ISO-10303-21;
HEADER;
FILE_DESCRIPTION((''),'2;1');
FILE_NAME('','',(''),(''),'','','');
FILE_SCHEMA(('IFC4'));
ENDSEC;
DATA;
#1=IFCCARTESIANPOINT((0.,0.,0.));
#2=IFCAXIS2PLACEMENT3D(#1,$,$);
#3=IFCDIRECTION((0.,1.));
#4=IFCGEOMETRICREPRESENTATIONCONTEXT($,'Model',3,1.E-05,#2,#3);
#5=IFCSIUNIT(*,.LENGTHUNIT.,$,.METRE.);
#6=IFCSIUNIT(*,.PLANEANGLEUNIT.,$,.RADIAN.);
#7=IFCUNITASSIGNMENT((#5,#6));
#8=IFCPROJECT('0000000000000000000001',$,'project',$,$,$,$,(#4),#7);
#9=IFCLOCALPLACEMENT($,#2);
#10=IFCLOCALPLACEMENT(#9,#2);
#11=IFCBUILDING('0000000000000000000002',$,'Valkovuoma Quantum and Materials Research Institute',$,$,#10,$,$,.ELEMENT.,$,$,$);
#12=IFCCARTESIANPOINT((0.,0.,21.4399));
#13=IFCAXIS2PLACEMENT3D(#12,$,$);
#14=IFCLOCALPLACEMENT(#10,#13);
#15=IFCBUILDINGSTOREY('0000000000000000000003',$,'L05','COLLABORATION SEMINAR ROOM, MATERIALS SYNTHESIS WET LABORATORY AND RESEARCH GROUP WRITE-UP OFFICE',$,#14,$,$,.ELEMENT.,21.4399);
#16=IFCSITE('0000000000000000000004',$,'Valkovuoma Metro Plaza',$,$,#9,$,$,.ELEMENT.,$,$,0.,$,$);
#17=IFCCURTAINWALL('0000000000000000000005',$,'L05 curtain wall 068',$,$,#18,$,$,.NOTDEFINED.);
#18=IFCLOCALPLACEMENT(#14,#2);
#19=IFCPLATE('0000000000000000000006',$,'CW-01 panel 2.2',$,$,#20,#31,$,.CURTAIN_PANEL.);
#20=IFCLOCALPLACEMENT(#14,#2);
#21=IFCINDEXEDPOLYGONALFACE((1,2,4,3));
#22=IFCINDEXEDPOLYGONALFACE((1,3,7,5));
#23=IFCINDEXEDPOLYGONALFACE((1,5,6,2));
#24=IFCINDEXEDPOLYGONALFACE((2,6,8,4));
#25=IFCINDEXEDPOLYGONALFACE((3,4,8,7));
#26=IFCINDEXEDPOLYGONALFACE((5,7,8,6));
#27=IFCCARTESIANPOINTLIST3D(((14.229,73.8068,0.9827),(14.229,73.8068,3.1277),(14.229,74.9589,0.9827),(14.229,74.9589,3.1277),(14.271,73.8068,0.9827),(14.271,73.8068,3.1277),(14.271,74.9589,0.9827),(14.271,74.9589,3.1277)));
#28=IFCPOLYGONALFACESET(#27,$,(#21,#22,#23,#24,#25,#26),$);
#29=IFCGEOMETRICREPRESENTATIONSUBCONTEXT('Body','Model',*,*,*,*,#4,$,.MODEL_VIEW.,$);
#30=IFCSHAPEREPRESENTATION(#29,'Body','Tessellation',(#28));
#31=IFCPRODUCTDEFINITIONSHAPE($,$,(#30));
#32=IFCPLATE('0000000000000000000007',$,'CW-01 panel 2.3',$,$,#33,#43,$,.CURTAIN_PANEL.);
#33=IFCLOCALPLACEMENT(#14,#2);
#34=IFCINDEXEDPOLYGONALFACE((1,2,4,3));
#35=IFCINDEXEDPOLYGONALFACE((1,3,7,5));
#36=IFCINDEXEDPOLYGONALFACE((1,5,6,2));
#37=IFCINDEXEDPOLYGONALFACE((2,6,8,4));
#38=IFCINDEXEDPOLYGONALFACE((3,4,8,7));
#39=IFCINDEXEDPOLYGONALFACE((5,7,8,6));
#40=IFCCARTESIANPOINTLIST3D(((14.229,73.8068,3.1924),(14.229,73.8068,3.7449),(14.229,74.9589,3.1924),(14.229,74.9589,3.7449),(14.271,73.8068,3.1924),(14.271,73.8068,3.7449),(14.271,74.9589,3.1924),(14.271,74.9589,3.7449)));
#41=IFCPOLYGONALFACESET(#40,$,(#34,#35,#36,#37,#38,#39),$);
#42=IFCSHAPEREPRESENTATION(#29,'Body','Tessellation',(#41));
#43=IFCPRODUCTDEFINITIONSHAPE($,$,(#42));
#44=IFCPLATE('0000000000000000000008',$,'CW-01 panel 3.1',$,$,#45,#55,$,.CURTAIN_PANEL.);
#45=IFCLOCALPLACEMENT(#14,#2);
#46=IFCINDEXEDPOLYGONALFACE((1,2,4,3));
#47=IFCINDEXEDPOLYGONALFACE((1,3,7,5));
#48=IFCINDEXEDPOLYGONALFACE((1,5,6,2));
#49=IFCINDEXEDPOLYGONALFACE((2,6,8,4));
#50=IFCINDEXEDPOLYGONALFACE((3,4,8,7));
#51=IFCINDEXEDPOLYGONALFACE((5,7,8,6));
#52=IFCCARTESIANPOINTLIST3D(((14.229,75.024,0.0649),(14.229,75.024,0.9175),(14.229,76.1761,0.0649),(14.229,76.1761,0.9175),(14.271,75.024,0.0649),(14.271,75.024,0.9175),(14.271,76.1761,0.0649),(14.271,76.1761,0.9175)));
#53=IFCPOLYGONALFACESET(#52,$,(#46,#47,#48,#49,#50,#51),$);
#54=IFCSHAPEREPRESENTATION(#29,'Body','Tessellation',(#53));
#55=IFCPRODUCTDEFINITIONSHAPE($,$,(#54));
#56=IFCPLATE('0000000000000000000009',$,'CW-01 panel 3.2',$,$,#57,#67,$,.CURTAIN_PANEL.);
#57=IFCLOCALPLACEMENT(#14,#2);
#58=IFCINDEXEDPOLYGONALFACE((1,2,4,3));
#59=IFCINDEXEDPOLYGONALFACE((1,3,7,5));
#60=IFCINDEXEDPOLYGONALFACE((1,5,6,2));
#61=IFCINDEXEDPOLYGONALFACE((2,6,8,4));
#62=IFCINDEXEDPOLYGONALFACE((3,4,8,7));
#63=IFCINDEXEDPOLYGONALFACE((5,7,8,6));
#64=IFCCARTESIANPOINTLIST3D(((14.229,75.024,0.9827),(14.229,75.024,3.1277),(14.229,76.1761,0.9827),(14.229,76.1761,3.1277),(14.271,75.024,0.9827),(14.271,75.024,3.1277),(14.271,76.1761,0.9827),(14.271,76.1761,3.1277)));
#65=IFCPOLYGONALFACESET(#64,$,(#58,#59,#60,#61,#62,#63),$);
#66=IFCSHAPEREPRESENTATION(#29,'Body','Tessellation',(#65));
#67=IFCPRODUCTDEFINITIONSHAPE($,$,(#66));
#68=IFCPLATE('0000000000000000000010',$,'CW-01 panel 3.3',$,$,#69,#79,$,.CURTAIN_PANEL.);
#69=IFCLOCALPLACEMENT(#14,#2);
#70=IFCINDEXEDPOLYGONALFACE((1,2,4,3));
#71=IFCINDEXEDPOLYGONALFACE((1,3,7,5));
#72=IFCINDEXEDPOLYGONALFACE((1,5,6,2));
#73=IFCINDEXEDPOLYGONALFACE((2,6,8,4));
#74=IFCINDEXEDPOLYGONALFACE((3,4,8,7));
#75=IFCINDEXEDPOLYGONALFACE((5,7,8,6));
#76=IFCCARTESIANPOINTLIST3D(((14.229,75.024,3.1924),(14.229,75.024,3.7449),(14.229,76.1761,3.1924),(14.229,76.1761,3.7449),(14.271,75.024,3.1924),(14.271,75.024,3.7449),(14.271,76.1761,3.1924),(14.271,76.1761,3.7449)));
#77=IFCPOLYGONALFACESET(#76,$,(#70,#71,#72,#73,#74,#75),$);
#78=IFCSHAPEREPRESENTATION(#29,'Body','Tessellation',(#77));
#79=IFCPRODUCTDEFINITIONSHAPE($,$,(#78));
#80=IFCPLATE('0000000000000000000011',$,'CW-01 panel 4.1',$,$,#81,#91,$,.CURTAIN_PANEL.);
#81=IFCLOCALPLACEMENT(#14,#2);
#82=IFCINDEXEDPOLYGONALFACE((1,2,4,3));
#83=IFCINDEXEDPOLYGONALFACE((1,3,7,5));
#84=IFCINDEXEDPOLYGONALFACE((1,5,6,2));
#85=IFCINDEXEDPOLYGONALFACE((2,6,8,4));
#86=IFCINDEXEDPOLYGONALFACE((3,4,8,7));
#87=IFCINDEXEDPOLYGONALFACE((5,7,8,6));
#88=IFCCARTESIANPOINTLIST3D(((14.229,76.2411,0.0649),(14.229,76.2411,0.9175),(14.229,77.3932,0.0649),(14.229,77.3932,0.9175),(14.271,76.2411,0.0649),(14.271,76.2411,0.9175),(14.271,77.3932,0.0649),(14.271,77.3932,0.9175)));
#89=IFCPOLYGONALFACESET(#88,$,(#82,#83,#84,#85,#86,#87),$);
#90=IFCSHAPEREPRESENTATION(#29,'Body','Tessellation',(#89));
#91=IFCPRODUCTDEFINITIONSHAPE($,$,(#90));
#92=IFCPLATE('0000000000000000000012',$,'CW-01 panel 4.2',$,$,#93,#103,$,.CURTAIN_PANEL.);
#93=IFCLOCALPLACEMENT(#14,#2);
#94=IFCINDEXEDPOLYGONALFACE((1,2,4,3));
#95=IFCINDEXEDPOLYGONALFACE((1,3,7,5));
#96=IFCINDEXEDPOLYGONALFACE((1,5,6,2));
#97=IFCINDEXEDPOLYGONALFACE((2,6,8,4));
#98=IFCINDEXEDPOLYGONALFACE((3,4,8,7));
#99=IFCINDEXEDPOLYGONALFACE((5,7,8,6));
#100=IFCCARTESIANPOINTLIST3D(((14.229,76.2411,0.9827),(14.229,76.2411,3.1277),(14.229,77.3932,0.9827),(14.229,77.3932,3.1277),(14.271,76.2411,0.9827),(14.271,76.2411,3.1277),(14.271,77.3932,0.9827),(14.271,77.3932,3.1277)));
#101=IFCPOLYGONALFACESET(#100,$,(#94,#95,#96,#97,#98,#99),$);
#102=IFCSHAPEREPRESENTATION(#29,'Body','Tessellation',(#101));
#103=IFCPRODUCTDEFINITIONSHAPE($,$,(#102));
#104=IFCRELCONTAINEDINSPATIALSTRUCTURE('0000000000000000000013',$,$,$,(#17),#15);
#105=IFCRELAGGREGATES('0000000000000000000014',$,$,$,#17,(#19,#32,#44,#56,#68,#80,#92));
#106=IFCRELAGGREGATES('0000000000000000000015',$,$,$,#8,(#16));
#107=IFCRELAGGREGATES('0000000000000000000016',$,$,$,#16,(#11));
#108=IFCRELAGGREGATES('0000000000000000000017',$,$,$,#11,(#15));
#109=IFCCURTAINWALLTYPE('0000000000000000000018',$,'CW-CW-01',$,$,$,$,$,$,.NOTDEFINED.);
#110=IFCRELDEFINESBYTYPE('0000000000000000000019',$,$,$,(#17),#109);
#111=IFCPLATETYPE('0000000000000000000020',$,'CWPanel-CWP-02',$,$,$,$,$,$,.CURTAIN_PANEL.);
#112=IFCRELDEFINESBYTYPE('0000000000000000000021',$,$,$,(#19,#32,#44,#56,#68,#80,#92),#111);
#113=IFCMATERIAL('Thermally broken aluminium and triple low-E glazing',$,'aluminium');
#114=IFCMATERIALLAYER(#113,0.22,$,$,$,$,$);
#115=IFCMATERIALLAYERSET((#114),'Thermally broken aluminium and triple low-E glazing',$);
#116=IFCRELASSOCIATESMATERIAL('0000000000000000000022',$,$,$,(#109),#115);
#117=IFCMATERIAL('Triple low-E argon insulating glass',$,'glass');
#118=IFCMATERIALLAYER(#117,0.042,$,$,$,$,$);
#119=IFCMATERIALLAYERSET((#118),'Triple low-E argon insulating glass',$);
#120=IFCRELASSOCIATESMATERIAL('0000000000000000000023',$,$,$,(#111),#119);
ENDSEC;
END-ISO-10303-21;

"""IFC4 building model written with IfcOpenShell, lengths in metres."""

from ifc_helpers import new_model, si_unit, direction, frame, origin, origin_2d, place, context, subcontext, project, spatial, rectangle, extrude, material, layer, layer_set, type_object, element, aggregate, save


model = new_model("IFC4")

# Units and contexts
model_context = context("Model", 3, precision=1e-05, world=origin(), true_north=direction((0.0, 1.0)))
body_context = subcontext(model_context, "Body", "Model", "MODEL_VIEW")
ifc_project = project(units=[si_unit("LENGTHUNIT", "METRE"), si_unit("PLANEANGLEUNIT", "RADIAN")], contexts=[model_context])

# Site, building, storey
site_placement = place(None, origin())
site = spatial("IfcSite", under=ifc_project, at=site_placement, Name="Valkovuoma Metro Plaza", CompositionType="ELEMENT", RefElevation=0.0)
building_placement = place(site_placement, origin())
building = spatial("IfcBuilding", under=site, at=building_placement, Name="Valkovuoma Quantum and Materials Research Institute", CompositionType="ELEMENT")
storey_placement = place(building_placement, frame((0.0, 0.0, 21.4399)))
storey = spatial("IfcBuildingStorey", under=building, at=storey_placement, Name="L05", Description="COLLABORATION SEMINAR ROOM, MATERIALS SYNTHESIS WET LABORATORY AND RESEARCH GROUP WRITE-UP OFFICE", CompositionType="ELEMENT", Elevation=21.4399)

# Curtain wall, plates
ifc_material_1 = material(Name="Thermally broken aluminium and triple low-E glazing", Category="aluminium")
ifc_layer_1 = layer(ifc_material_1, 0.22)
ifc_layer_set_1 = layer_set([ifc_layer_1], Name="Thermally broken aluminium and triple low-E glazing")
curtain_wall_type = type_object("IfcCurtainWallType", Name="CW-CW-01", PredefinedType="NOTDEFINED", material=ifc_layer_set_1)
curtain_wall_placement = place(storey_placement, origin())
curtain_wall = element("IfcCurtainWall", 1, at=curtain_wall_placement, inside=storey, type_object=curtain_wall_type, Name="L05 curtain wall 068", PredefinedType="NOTDEFINED")
ifc_material_2 = material(Name="Triple low-E argon insulating glass", Category="glass")
ifc_layer_2 = layer(ifc_material_2, 0.042)
ifc_layer_set_2 = layer_set([ifc_layer_2], Name="Triple low-E argon insulating glass")
plate_type = type_object("IfcPlateType", Name="CWPanel-CWP-02", PredefinedType="CURTAIN_PANEL", material=ifc_layer_set_2)
plate_1_placement = place(storey_placement, frame((14.25, 74.3828, 0.9827), z_axis=(0.0, 0.0, 1.0), x_axis=(0.0, 1.0, 0.0)))
plate_1 = element("IfcPlate", 2, at=plate_1_placement, type_object=plate_type, Name="CW-01 panel 2.2", PredefinedType="CURTAIN_PANEL", context=body_context, shape_type="SweptSolid", body=[
    extrude(rectangle(XDim=1.1521, YDim=0.042, at=origin_2d()), origin(), (0.0, 0.0, 1.0), 2.145),
])
plate_2_placement = place(storey_placement, frame((14.25, 74.3828, 3.1924), z_axis=(0.0, 0.0, 1.0), x_axis=(0.0, 1.0, 0.0)))
plate_2 = element("IfcPlate", 3, at=plate_2_placement, type_object=plate_type, Name="CW-01 panel 2.3", PredefinedType="CURTAIN_PANEL", context=body_context, shape_type="SweptSolid", body=[
    extrude(rectangle(XDim=1.1521, YDim=0.042, at=origin_2d()), origin(), (0.0, 0.0, 1.0), 0.5525),
])
plate_3_placement = place(storey_placement, frame((14.25, 75.6001, 0.0649), z_axis=(0.0, 0.0, 1.0), x_axis=(0.0, 1.0, 0.0)))
plate_3 = element("IfcPlate", 4, at=plate_3_placement, type_object=plate_type, Name="CW-01 panel 3.1", PredefinedType="CURTAIN_PANEL", context=body_context, shape_type="SweptSolid", body=[
    extrude(rectangle(XDim=1.1521, YDim=0.042, at=origin_2d()), origin(), (0.0, 0.0, 1.0), 0.8525),
])
plate_4_placement = place(storey_placement, frame((14.25, 75.6001, 0.9827), z_axis=(0.0, 0.0, 1.0), x_axis=(0.0, 1.0, 0.0)))
plate_4 = element("IfcPlate", 5, at=plate_4_placement, type_object=plate_type, Name="CW-01 panel 3.2", PredefinedType="CURTAIN_PANEL", context=body_context, shape_type="SweptSolid", body=[
    extrude(rectangle(XDim=1.1521, YDim=0.042, at=origin_2d()), origin(), (0.0, 0.0, 1.0), 2.145),
])
plate_5_placement = place(storey_placement, frame((14.25, 75.6001, 3.1924), z_axis=(0.0, 0.0, 1.0), x_axis=(0.0, 1.0, 0.0)))
plate_5 = element("IfcPlate", 6, at=plate_5_placement, type_object=plate_type, Name="CW-01 panel 3.3", PredefinedType="CURTAIN_PANEL", context=body_context, shape_type="SweptSolid", body=[
    extrude(rectangle(XDim=1.1521, YDim=0.042, at=origin_2d()), origin(), (0.0, 0.0, 1.0), 0.5525),
])
plate_6_placement = place(storey_placement, frame((14.25, 76.8171, 0.0649), z_axis=(0.0, 0.0, 1.0), x_axis=(0.0, 1.0, 0.0)))
plate_6 = element("IfcPlate", 7, at=plate_6_placement, type_object=plate_type, Name="CW-01 panel 4.1", PredefinedType="CURTAIN_PANEL", context=body_context, shape_type="SweptSolid", body=[
    extrude(rectangle(XDim=1.1521, YDim=0.042, at=origin_2d()), origin(), (0.0, 0.0, 1.0), 0.8525),
])
plate_7_placement = place(storey_placement, frame((14.25, 76.8171, 0.9827), z_axis=(0.0, 0.0, 1.0), x_axis=(0.0, 1.0, 0.0)))
plate_7 = element("IfcPlate", 8, at=plate_7_placement, type_object=plate_type, Name="CW-01 panel 4.2", PredefinedType="CURTAIN_PANEL", context=body_context, shape_type="SweptSolid", body=[
    extrude(rectangle(XDim=1.1521, YDim=0.042, at=origin_2d()), origin(), (0.0, 0.0, 1.0), 2.145),
])
aggregate(curtain_wall, [plate_1, plate_2, plate_3, plate_4, plate_5, plate_6, plate_7])

save(model, "model.ifc")
